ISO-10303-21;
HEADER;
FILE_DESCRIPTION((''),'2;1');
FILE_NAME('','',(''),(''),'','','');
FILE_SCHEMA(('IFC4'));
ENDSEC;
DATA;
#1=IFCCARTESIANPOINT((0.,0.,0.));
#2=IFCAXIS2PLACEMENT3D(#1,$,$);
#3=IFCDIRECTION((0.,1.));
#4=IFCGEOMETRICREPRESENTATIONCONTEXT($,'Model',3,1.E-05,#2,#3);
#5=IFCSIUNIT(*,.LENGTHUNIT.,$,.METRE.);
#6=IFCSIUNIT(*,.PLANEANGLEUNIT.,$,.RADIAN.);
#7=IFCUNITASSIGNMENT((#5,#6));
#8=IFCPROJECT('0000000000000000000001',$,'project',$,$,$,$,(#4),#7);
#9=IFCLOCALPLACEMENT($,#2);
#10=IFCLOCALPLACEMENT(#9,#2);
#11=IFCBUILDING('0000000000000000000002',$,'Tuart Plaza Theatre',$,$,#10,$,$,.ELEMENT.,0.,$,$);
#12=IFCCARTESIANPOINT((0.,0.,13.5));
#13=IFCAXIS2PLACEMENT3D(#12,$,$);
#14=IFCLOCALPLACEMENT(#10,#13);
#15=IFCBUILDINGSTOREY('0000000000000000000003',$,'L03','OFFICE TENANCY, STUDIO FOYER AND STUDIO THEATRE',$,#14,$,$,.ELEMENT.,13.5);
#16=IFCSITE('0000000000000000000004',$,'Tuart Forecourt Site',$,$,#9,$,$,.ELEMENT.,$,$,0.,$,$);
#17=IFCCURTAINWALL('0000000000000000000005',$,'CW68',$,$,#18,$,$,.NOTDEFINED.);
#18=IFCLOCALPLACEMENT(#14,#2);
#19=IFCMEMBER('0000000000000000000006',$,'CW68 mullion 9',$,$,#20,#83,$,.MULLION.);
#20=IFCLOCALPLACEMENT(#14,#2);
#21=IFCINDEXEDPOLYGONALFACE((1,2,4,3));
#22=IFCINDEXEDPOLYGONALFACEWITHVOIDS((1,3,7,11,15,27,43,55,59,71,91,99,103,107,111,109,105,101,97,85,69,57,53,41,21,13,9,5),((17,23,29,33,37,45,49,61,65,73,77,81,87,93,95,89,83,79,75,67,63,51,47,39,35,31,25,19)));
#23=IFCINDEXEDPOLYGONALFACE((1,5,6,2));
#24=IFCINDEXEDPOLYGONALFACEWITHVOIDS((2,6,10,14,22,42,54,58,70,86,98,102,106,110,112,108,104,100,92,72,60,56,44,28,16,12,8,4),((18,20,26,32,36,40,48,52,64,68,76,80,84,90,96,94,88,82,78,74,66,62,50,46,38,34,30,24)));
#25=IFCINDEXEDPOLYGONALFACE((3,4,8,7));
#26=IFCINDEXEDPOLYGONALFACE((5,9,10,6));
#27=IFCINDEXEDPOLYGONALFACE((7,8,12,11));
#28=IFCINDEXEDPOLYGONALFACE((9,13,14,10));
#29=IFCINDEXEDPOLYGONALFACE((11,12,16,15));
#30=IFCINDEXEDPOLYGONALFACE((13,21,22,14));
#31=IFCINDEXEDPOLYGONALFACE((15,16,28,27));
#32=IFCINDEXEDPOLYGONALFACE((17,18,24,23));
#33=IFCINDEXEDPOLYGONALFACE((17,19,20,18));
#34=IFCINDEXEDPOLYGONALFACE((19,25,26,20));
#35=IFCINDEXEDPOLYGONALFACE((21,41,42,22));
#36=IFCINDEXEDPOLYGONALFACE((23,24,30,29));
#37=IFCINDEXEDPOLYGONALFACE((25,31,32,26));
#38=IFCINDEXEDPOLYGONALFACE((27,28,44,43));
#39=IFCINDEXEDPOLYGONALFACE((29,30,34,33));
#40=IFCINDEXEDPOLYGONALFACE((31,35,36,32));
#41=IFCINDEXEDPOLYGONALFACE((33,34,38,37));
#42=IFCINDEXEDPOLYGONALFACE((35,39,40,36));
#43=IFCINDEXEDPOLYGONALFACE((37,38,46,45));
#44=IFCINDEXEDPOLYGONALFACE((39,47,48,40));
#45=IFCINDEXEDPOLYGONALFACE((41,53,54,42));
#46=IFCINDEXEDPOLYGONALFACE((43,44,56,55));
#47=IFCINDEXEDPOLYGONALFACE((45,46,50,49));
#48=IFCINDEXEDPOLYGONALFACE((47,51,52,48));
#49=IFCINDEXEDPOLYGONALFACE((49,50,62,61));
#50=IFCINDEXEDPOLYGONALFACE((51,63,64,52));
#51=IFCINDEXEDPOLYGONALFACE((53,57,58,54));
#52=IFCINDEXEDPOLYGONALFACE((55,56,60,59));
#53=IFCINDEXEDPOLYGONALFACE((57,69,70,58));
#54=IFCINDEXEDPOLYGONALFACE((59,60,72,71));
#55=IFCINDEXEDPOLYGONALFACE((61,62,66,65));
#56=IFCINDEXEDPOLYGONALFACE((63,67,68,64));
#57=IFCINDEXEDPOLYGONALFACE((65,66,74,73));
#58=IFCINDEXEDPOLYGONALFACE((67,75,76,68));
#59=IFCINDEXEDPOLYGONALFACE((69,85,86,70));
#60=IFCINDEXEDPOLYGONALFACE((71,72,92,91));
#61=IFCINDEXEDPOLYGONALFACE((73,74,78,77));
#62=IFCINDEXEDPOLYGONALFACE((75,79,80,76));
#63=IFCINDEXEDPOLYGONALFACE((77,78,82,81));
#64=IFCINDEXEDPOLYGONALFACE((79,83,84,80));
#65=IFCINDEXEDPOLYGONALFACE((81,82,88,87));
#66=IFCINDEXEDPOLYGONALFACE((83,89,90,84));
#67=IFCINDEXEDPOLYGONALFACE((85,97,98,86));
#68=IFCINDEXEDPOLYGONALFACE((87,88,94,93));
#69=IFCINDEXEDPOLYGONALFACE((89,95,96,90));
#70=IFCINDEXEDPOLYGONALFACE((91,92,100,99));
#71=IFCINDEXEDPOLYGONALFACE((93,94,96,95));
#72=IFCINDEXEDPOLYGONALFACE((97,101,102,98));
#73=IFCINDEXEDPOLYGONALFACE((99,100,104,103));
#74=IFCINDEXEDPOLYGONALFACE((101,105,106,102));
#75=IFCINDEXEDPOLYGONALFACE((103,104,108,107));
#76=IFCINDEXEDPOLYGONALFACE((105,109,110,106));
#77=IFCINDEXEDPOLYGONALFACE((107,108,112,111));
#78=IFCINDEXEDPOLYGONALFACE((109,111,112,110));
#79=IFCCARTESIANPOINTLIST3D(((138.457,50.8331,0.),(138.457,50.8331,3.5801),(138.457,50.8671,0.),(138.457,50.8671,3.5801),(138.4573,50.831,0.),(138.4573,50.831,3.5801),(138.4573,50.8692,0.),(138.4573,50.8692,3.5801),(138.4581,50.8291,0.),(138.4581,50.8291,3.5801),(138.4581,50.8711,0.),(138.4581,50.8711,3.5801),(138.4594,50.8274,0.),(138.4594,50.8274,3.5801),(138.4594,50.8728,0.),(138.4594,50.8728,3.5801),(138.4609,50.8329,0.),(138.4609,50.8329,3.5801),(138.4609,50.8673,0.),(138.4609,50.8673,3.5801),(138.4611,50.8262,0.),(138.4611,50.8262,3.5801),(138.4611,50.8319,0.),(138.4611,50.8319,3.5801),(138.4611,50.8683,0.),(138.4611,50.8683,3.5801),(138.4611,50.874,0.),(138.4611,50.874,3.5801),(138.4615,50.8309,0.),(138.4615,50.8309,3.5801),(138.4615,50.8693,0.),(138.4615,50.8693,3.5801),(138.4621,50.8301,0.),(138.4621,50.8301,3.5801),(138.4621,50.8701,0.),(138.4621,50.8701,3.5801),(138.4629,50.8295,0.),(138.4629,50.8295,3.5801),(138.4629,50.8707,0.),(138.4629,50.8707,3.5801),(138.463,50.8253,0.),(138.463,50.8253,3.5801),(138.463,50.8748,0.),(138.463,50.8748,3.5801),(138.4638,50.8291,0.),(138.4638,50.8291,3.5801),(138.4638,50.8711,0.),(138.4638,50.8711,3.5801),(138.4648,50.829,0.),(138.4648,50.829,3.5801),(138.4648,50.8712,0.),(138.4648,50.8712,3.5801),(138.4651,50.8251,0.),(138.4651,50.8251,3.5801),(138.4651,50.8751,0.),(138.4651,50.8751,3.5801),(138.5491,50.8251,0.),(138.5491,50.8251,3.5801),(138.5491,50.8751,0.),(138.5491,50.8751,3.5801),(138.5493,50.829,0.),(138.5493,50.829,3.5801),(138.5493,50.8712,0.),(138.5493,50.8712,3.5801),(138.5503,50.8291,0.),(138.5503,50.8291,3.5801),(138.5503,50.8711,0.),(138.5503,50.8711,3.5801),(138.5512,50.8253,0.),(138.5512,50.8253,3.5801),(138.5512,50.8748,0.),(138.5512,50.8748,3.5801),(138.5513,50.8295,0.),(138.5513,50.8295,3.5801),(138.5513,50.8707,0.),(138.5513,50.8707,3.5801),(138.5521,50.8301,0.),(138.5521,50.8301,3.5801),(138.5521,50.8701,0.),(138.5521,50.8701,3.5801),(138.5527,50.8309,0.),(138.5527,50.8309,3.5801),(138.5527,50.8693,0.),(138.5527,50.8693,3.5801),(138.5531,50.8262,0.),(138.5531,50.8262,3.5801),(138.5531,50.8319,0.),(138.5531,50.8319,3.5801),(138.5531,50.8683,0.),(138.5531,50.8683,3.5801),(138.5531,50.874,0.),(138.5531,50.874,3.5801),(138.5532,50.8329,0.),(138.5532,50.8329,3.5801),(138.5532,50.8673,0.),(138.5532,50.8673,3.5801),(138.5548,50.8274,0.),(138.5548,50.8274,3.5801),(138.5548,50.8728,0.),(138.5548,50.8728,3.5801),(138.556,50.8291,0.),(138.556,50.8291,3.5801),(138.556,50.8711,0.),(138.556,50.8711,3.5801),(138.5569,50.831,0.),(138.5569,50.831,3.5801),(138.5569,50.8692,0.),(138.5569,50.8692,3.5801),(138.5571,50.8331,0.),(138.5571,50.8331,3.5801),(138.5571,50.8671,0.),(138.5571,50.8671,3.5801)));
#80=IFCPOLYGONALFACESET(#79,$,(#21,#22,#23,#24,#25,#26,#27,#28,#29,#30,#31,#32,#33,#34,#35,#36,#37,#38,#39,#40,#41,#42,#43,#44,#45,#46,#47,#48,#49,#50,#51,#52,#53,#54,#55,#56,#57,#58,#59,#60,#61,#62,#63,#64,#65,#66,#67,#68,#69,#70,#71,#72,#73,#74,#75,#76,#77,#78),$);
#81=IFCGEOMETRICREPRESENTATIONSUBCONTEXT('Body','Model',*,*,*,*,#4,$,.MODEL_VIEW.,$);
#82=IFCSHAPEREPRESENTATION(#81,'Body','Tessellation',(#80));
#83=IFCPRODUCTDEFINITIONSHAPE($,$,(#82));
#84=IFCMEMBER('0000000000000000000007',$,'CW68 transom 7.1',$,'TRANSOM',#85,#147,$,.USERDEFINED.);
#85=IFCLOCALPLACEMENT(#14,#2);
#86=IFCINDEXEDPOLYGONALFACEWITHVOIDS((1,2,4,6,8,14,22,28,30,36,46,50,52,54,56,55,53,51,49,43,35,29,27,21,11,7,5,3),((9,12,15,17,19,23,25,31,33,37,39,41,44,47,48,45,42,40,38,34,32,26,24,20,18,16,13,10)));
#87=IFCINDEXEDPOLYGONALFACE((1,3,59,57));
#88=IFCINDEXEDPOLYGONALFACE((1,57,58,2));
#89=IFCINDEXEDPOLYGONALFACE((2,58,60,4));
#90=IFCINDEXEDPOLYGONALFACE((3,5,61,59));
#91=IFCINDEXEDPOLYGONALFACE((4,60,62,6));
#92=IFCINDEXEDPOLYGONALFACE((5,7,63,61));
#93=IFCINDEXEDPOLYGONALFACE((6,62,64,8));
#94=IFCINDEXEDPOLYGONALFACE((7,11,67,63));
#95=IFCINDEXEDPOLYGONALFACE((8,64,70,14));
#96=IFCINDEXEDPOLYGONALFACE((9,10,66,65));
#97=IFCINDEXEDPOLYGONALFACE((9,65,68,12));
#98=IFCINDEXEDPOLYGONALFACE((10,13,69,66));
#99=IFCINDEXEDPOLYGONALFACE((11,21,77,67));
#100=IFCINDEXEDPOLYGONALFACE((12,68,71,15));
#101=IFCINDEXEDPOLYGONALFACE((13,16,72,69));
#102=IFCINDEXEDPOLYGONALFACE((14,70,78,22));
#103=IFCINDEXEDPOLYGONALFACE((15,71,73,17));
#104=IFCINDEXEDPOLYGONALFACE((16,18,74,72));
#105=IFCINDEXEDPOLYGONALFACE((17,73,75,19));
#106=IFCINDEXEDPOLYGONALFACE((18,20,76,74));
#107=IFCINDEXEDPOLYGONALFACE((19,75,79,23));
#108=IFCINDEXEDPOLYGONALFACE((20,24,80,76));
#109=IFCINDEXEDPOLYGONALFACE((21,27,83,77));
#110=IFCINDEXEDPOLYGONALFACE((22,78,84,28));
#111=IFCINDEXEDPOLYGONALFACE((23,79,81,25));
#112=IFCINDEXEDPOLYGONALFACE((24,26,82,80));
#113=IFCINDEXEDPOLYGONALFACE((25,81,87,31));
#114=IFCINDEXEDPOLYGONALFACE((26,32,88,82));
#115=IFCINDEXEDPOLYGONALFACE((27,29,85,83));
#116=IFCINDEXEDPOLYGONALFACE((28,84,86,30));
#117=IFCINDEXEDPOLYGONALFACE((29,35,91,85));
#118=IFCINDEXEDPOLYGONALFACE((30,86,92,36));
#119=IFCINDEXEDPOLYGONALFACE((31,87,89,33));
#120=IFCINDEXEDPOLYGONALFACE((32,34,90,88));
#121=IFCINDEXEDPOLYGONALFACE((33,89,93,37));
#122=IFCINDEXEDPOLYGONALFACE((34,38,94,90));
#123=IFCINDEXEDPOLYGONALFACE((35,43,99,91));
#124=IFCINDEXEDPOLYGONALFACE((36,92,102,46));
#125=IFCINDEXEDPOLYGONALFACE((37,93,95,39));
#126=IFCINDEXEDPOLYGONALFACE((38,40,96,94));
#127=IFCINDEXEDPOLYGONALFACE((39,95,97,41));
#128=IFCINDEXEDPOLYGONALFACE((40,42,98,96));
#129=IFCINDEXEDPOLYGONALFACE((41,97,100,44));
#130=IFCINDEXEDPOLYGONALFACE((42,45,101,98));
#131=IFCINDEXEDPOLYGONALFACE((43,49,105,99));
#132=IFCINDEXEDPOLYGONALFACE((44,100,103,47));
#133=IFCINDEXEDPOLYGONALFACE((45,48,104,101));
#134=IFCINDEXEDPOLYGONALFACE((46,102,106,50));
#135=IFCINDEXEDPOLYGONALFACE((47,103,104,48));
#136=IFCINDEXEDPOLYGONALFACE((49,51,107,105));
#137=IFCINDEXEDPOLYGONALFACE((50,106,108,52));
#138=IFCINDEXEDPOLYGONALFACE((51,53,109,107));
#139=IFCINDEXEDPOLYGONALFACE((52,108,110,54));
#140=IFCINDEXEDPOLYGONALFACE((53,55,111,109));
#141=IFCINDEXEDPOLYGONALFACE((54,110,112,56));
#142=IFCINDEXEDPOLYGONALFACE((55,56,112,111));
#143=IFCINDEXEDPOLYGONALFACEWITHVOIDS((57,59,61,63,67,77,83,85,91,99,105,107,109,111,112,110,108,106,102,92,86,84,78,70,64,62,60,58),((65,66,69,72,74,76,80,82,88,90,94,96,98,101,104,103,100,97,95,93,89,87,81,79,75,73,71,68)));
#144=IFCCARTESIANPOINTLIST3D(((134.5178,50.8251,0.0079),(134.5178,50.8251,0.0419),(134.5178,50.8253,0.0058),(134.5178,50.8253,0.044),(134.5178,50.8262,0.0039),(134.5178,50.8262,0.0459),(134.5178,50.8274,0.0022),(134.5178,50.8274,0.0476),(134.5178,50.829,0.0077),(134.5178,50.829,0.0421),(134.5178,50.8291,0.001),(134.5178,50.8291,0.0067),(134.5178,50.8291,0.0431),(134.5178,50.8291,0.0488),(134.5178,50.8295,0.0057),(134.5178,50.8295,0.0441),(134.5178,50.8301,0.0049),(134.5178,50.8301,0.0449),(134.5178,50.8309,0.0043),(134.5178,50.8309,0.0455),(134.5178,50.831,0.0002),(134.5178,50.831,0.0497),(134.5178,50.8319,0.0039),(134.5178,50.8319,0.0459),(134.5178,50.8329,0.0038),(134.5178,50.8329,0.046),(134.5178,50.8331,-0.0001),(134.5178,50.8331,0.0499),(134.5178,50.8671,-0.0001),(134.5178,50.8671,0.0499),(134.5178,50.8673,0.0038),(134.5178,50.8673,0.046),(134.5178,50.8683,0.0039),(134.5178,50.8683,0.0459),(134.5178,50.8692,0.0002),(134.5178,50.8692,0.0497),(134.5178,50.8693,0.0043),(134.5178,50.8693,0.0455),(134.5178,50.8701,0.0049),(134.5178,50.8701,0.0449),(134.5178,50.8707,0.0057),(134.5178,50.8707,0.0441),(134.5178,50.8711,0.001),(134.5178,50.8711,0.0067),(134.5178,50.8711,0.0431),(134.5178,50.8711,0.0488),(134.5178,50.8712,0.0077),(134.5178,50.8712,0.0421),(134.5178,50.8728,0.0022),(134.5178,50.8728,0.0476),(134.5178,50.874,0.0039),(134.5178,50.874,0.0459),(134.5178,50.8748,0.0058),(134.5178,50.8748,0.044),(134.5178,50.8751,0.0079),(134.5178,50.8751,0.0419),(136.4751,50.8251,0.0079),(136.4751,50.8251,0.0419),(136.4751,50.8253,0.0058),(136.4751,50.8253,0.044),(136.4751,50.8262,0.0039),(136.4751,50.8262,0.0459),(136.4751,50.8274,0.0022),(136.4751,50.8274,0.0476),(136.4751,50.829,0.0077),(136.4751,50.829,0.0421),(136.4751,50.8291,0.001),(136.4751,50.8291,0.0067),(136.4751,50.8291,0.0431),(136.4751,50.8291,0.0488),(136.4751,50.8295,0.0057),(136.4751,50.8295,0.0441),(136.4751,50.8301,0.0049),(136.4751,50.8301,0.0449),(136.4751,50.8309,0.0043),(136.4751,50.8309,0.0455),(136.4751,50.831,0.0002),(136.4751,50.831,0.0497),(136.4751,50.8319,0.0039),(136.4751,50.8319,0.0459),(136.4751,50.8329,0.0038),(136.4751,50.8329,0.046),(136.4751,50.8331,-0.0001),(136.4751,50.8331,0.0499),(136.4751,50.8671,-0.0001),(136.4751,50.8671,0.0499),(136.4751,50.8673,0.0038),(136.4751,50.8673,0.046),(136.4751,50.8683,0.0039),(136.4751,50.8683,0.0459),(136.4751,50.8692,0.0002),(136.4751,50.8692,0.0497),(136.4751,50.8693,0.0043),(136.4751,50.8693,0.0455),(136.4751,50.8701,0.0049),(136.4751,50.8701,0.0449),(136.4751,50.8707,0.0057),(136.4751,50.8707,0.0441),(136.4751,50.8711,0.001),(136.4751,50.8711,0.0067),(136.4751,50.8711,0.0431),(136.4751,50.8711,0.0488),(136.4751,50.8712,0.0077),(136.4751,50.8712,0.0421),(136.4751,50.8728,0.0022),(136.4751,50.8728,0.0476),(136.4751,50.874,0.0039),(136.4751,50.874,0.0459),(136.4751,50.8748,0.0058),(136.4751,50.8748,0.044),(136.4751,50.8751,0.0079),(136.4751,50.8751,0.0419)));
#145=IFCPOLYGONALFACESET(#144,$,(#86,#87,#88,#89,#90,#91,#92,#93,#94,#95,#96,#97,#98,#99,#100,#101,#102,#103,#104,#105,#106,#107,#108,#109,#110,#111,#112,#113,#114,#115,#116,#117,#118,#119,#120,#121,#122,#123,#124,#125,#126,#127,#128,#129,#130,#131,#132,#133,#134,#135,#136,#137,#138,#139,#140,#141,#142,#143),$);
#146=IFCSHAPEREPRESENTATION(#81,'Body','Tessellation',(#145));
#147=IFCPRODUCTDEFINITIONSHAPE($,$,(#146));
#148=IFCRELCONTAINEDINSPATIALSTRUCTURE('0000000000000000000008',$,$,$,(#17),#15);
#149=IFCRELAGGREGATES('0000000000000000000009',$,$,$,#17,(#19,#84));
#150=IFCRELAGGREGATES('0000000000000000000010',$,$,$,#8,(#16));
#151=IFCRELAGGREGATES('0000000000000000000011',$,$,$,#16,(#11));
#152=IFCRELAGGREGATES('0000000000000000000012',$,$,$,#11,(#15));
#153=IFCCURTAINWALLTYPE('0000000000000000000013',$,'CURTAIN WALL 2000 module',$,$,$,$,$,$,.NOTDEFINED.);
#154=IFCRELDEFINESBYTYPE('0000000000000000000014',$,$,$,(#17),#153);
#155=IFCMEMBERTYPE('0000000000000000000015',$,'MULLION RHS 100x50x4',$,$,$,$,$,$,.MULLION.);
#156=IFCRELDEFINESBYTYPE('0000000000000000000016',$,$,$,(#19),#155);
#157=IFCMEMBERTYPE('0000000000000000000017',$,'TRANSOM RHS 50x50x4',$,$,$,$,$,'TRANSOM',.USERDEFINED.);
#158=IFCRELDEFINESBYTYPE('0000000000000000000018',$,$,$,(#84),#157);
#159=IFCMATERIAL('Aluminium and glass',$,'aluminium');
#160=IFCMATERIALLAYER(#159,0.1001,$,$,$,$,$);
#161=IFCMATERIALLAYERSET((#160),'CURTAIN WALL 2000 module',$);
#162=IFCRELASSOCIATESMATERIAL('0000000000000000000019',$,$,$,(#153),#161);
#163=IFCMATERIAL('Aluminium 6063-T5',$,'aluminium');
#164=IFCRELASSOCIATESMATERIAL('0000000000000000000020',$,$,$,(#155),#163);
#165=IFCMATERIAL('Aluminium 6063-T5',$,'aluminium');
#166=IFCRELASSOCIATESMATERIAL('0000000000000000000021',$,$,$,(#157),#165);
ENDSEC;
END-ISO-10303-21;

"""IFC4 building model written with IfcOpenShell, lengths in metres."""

from ifc_helpers import new_model, si_unit, direction, frame, origin, origin_2d, place, context, subcontext, project, spatial, hollow_rectangle, extrude, material, layer, layer_set, material_profile, profile_set, type_object, element, aggregate, save


model = new_model("IFC4")

# Units and contexts
model_context = context("Model", 3, precision=1e-05, world=origin(), true_north=direction((0.0, 1.0)))
body_context = subcontext(model_context, "Body", "Model", "MODEL_VIEW")
ifc_project = project(units=[si_unit("LENGTHUNIT", "METRE"), si_unit("PLANEANGLEUNIT", "RADIAN")], contexts=[model_context])

# Site, building, storey
site_placement = place(None, origin())
site = spatial("IfcSite", under=ifc_project, at=site_placement, Name="Tuart Forecourt Site", CompositionType="ELEMENT", RefElevation=0.0)
building_placement = place(site_placement, origin())
building = spatial("IfcBuilding", under=site, at=building_placement, Name="Tuart Plaza Theatre", CompositionType="ELEMENT", ElevationOfRefHeight=0.0)
storey_placement = place(building_placement, frame((0.0, 0.0, 13.5)))
storey = spatial("IfcBuildingStorey", under=building, at=storey_placement, Name="L03", Description="OFFICE TENANCY, STUDIO FOYER AND STUDIO THEATRE", CompositionType="ELEMENT", Elevation=13.5)

# Curtain wall, members
ifc_material_1 = material(Name="Aluminium and glass", Category="aluminium")
ifc_layer_1 = layer(ifc_material_1, 0.1001)
ifc_layer_set_1 = layer_set([ifc_layer_1], Name="CURTAIN WALL 2000 module")
curtain_wall_type = type_object("IfcCurtainWallType", Name="CURTAIN WALL 2000 module", PredefinedType="NOTDEFINED", material=ifc_layer_set_1)
curtain_wall_placement = place(storey_placement, origin())
curtain_wall = element("IfcCurtainWall", 1, at=curtain_wall_placement, inside=storey, type_object=curtain_wall_type, Name="CW68", PredefinedType="NOTDEFINED")
ifc_material_2 = material(Name="Aluminium 6063-T5", Category="aluminium")
ifc_material_profile_1 = material_profile(ifc_material_2, hollow_rectangle(XDim=0.05, YDim=0.1001, WallThickness=0.0039, InnerFilletRadius=0.0039, OuterFilletRadius=0.0081, at=origin_2d()), Name="RHS 100x50x4")
ifc_profile_set_1 = profile_set([ifc_material_profile_1], Name="Aluminium 6063-T5")
member_type_1 = type_object("IfcMemberType", Name="MULLION RHS 100x50x4", PredefinedType="MULLION", material=ifc_profile_set_1)
member_1_placement = place(storey_placement, frame((138.5071, 50.8501, 0.0), z_axis=(0.0, 0.0, 1.0), x_axis=(0.0, 1.0, 0.0)))
member_1 = element("IfcMember", 2, at=member_1_placement, type_object=member_type_1, Name="CW68 mullion 9", PredefinedType="MULLION", context=body_context, shape_type="SweptSolid", body=[
    extrude(hollow_rectangle(XDim=0.05, YDim=0.1001, WallThickness=0.0039, InnerFilletRadius=0.0039, OuterFilletRadius=0.0081, at=origin_2d()), origin(), (0.0, 0.0, 1.0), 3.5801),
])
ifc_material_3 = material(Name="Aluminium 6063-T5", Category="aluminium")
ifc_material_profile_2 = material_profile(ifc_material_3, hollow_rectangle(XDim=0.05, YDim=0.05, WallThickness=0.0039, InnerFilletRadius=0.0039, OuterFilletRadius=0.0081, at=origin_2d()), Name="RHS 50x50x4")
ifc_profile_set_2 = profile_set([ifc_material_profile_2], Name="Aluminium 6063-T5")
member_type_2 = type_object("IfcMemberType", Name="TRANSOM RHS 50x50x4", ElementType="TRANSOM", PredefinedType="USERDEFINED", material=ifc_profile_set_2)
member_2_placement = place(storey_placement, frame((134.5178, 50.8501, 0.0249), z_axis=(1.0, 0.0, 0.0), x_axis=(0.0, 1.0, 0.0)))
member_2 = element("IfcMember", 3, at=member_2_placement, type_object=member_type_2, Name="CW68 transom 7.1", ObjectType="TRANSOM", PredefinedType="USERDEFINED", context=body_context, shape_type="SweptSolid", body=[
    extrude(hollow_rectangle(XDim=0.05, YDim=0.05, WallThickness=0.0039, InnerFilletRadius=0.0039, OuterFilletRadius=0.0081, at=origin_2d()), origin(), (0.0, 0.0, 1.0), 1.9573),
])
aggregate(curtain_wall, [member_1, member_2])

save(model, "model.ifc")
